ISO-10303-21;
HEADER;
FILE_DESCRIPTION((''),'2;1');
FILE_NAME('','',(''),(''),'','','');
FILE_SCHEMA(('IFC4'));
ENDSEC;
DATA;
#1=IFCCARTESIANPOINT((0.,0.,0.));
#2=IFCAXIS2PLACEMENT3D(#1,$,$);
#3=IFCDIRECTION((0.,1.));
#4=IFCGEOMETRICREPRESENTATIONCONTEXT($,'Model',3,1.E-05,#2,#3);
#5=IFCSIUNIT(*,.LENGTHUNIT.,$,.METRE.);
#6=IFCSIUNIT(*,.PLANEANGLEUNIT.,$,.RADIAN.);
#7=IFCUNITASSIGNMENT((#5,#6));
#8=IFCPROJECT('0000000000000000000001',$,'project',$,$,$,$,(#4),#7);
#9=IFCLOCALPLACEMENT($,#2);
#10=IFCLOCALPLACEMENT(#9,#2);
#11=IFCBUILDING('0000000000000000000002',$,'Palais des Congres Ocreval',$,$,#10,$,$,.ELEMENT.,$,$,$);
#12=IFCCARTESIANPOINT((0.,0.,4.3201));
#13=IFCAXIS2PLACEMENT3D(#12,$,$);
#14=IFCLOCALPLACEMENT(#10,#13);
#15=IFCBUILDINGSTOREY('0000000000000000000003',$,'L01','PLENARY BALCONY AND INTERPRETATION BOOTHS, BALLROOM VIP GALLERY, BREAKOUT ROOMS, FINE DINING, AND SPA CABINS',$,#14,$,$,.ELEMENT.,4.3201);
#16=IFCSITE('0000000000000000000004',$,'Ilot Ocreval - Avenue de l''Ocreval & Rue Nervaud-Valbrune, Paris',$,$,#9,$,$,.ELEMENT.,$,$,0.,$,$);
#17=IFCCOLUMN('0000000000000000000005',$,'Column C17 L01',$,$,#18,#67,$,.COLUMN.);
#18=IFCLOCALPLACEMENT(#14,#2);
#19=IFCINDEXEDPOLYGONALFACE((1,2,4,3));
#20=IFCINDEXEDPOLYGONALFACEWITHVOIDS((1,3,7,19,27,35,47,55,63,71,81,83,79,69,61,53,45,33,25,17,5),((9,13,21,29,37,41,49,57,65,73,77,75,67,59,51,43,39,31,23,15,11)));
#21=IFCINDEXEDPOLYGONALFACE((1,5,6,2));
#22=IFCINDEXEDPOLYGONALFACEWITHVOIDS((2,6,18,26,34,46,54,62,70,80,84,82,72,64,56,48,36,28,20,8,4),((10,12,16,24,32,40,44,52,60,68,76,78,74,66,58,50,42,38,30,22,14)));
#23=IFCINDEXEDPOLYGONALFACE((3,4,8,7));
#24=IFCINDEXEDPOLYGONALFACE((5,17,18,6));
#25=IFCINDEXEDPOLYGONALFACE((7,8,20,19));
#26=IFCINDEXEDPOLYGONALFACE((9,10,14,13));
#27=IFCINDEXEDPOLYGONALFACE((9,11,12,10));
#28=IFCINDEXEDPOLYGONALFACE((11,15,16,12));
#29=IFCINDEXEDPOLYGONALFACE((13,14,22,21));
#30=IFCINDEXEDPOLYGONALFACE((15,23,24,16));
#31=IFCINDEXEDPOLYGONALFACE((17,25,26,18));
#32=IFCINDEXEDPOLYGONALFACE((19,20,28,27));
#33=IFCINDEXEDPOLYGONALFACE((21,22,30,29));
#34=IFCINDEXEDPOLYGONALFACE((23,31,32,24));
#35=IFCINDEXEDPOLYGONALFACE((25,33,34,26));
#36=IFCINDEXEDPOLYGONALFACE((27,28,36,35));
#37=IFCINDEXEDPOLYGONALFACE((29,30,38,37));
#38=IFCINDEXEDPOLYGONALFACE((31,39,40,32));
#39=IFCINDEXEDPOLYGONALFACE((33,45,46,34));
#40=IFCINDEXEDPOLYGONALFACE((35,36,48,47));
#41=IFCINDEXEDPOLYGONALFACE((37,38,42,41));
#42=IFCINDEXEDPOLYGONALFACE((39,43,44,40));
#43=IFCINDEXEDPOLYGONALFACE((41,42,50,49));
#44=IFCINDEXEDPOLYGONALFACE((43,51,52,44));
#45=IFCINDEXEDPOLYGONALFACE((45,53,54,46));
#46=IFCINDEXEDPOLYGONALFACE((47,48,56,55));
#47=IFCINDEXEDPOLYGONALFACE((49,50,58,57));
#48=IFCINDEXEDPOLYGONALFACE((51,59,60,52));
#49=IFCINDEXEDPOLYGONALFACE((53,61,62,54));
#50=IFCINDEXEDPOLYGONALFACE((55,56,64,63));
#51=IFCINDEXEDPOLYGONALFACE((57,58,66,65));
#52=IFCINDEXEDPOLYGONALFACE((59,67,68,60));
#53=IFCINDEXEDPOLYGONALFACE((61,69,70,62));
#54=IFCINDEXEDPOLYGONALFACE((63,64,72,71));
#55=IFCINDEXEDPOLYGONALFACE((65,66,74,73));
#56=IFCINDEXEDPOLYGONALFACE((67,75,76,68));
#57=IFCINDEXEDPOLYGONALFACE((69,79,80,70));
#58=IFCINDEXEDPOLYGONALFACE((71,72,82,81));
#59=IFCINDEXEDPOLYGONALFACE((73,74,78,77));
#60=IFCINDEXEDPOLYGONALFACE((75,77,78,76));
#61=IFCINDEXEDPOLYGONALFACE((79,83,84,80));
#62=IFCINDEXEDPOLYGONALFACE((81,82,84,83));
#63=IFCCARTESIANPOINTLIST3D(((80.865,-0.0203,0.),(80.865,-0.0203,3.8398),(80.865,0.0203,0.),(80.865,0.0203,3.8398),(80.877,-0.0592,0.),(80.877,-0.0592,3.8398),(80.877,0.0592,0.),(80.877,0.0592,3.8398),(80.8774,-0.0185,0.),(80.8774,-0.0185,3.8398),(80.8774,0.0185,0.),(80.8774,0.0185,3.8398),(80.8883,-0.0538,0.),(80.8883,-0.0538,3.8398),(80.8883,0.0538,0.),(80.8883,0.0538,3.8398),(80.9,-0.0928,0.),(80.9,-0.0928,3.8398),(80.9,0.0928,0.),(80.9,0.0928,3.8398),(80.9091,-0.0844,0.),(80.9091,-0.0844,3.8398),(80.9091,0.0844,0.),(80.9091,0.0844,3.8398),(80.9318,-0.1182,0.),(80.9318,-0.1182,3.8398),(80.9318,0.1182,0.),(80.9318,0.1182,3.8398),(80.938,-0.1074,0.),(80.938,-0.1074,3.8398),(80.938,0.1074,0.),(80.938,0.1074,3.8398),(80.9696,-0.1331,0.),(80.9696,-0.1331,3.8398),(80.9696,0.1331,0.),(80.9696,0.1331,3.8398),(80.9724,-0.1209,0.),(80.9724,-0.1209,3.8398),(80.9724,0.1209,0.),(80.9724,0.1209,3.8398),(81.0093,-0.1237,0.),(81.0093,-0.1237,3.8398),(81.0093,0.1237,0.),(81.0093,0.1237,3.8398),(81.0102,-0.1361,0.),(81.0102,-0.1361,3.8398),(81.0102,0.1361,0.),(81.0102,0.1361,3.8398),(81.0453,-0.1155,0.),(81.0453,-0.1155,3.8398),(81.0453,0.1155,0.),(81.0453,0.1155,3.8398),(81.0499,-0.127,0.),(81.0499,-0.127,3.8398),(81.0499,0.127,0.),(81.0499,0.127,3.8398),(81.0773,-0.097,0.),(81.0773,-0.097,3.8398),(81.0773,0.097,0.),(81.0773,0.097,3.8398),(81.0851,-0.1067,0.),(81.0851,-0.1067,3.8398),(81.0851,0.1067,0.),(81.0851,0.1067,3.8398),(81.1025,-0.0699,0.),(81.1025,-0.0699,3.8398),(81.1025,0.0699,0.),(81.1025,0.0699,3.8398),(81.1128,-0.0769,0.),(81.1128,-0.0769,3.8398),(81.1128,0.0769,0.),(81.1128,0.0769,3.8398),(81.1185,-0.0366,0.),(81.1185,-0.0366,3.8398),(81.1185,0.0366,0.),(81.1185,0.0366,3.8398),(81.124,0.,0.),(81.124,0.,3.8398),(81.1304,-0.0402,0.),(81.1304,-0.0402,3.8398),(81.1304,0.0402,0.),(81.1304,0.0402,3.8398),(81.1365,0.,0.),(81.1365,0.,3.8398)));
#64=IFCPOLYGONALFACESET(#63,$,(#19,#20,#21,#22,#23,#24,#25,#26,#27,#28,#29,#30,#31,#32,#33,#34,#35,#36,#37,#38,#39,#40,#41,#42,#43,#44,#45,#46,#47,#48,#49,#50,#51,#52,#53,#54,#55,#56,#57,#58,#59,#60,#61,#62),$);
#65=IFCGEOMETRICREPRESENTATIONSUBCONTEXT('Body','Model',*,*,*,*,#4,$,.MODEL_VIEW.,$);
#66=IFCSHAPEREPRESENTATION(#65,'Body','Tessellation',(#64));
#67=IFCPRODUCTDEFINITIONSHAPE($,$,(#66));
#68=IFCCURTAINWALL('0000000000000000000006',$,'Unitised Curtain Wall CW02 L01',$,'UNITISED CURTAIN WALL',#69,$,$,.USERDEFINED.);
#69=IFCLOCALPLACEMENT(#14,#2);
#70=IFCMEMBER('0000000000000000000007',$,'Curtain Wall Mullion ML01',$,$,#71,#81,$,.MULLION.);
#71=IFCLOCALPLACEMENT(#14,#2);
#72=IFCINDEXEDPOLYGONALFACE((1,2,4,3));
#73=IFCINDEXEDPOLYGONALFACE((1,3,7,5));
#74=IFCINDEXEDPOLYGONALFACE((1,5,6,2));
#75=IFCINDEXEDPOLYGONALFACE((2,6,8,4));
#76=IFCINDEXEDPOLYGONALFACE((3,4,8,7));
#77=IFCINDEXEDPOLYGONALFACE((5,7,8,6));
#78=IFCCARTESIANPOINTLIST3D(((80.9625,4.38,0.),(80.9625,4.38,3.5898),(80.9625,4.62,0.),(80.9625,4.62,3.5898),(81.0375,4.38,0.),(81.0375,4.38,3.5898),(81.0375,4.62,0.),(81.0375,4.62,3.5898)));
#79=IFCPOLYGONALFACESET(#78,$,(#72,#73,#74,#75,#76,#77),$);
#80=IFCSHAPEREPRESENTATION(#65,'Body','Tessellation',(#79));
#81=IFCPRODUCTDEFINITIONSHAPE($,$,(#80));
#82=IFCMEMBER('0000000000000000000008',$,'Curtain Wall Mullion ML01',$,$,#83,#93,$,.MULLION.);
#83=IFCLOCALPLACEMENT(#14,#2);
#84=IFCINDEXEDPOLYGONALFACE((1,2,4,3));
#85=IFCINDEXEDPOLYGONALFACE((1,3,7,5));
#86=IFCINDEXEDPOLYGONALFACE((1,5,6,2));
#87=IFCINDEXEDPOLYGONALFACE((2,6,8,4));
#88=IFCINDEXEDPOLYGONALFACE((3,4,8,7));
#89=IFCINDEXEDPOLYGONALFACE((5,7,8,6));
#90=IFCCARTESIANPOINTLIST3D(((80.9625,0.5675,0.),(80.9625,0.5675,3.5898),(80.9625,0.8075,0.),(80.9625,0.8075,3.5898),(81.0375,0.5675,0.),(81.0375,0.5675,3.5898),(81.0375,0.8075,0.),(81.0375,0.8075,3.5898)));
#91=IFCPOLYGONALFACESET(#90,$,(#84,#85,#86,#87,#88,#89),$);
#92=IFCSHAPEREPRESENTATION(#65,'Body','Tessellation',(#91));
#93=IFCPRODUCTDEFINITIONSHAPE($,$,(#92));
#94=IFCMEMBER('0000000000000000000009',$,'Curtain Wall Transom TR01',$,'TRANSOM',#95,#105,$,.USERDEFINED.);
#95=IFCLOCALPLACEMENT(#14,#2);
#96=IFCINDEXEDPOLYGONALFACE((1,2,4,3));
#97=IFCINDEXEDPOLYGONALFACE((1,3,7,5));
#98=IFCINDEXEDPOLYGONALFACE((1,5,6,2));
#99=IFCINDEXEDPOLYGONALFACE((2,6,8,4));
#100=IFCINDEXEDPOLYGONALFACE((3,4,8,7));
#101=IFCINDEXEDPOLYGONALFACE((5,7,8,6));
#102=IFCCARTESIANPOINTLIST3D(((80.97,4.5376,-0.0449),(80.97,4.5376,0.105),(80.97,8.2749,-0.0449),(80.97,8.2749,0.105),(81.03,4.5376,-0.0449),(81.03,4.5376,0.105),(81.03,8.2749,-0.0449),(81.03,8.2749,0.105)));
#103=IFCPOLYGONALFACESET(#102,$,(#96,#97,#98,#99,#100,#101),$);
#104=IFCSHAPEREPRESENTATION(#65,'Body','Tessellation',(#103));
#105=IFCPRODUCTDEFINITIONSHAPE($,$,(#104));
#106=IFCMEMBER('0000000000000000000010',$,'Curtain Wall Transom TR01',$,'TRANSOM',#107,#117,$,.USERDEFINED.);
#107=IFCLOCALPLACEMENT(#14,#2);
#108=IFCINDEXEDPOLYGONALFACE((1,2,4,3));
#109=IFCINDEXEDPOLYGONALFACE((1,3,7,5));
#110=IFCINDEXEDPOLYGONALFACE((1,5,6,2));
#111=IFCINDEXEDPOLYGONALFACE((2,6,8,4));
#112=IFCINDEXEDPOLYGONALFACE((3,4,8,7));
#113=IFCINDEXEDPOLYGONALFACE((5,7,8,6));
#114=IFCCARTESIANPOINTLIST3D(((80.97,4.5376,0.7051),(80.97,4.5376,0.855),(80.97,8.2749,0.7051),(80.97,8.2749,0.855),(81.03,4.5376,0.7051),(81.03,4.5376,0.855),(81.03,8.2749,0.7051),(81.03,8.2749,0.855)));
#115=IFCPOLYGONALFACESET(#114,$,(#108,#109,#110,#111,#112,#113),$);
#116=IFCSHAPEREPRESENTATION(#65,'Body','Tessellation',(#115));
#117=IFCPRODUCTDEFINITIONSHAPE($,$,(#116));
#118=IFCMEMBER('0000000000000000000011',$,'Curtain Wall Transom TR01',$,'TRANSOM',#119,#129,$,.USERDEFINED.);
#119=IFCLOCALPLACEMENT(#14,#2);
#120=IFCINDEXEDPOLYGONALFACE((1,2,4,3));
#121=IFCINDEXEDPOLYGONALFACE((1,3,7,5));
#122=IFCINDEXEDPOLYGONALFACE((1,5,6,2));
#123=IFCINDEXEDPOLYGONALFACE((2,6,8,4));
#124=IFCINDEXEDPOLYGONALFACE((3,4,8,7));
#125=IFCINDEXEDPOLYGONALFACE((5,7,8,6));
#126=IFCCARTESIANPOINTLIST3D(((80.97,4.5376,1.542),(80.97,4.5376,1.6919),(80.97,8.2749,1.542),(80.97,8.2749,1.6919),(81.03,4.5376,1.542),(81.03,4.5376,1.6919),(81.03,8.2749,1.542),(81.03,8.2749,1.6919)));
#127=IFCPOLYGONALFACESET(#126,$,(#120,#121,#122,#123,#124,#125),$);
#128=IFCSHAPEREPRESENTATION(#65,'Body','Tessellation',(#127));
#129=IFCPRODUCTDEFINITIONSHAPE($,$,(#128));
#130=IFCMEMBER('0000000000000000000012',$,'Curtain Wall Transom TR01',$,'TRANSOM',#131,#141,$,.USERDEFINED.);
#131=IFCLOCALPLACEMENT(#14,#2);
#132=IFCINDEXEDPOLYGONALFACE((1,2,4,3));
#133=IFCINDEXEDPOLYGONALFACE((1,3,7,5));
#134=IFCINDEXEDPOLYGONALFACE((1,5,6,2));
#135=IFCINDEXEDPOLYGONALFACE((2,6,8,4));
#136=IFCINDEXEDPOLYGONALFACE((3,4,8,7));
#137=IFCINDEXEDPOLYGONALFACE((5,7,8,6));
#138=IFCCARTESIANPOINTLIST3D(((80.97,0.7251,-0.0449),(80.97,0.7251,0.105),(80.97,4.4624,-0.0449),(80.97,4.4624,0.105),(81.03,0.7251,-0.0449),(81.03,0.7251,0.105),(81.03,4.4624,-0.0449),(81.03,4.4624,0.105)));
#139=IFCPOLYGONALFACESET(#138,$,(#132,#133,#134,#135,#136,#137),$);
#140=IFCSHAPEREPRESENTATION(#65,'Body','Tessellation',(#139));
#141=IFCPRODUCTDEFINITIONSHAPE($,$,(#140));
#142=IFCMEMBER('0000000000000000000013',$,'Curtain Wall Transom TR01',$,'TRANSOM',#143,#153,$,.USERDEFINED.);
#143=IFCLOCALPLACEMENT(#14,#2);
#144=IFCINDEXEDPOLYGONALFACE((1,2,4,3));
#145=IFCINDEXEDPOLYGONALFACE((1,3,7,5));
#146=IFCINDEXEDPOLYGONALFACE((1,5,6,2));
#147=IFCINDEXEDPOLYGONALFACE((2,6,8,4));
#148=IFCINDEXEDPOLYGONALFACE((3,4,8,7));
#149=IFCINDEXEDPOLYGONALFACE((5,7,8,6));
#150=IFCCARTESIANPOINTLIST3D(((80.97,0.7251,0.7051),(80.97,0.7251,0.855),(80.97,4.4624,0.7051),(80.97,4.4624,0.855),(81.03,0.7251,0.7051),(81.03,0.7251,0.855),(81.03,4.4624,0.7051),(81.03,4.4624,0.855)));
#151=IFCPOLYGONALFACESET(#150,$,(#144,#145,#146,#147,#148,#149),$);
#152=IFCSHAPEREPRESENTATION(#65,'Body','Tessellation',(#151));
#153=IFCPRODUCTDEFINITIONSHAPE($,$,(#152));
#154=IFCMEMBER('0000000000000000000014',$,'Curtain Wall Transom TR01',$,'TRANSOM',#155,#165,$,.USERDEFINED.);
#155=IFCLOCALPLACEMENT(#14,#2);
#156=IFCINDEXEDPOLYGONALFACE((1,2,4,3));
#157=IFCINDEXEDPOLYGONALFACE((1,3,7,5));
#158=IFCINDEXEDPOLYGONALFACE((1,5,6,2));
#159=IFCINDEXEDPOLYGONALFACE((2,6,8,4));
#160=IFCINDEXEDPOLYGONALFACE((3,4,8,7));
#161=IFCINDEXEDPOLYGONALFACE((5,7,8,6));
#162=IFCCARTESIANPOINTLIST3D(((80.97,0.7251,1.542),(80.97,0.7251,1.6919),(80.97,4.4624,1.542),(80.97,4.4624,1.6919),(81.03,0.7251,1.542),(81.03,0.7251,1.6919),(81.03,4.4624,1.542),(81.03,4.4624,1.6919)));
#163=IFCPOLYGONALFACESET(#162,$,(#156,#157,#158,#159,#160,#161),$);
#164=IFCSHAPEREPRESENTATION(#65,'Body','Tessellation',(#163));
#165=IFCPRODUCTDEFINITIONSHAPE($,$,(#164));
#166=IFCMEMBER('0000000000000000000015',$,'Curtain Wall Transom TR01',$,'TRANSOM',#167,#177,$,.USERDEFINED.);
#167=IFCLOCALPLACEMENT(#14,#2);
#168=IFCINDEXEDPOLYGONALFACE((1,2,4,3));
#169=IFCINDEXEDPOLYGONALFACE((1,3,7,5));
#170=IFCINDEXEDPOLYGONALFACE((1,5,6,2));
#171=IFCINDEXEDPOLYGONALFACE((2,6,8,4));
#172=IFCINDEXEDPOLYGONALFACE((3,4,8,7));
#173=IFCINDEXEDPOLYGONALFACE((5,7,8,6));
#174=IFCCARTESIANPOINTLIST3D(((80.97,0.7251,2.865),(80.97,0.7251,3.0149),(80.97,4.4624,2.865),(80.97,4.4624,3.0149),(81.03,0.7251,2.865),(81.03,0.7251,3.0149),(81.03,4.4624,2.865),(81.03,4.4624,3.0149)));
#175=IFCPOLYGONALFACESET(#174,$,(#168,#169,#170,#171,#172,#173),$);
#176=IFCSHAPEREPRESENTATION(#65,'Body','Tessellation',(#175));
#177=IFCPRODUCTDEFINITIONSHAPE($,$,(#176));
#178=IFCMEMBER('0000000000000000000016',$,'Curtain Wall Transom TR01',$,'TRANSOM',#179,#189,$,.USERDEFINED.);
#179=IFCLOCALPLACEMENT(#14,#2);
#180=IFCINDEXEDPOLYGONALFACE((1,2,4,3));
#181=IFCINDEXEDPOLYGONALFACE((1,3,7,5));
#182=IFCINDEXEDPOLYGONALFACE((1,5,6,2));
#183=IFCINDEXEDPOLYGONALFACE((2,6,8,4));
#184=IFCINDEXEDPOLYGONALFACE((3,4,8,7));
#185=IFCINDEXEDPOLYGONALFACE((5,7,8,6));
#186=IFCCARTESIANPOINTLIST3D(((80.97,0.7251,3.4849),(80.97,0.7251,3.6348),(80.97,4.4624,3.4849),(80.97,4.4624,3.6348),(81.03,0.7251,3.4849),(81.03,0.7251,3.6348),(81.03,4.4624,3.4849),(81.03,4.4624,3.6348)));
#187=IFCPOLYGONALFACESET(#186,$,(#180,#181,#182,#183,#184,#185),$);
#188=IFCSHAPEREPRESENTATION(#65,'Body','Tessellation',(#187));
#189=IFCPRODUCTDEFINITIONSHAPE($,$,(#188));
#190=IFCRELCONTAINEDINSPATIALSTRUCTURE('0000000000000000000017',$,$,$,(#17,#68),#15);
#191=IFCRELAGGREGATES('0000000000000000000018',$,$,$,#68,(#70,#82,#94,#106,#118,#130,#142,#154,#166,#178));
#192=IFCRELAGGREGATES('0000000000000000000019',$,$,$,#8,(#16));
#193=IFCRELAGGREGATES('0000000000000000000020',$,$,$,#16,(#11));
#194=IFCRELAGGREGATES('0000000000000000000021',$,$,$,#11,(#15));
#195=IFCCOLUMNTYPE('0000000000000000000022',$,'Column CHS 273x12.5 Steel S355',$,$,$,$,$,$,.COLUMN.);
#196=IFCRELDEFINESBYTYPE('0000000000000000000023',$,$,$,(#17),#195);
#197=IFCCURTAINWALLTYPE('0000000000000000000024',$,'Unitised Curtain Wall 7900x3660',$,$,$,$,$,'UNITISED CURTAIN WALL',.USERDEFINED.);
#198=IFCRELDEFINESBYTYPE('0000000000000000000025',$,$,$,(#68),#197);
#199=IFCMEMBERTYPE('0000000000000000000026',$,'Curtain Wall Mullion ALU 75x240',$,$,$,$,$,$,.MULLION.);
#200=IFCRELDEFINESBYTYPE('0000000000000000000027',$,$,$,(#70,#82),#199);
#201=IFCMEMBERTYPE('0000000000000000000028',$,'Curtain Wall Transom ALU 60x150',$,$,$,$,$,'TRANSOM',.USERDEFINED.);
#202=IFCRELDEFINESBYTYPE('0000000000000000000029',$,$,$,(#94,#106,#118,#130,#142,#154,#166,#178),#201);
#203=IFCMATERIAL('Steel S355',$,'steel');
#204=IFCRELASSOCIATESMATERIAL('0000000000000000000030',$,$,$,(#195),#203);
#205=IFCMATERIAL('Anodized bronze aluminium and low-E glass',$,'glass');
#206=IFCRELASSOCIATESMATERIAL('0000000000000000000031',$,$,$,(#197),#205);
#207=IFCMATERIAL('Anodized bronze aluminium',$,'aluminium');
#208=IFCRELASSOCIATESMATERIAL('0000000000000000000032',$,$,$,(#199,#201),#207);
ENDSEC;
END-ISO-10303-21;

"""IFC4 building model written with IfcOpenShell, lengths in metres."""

from ifc_helpers import new_model, si_unit, direction, frame, origin, origin_2d, place, context, subcontext, project, spatial, rectangle, hollow_circle, extrude, material, material_profile, profile_set, type_object, element, aggregate, save


model = new_model("IFC4")

# Units and contexts
model_context = context("Model", 3, precision=1e-05, world=origin(), true_north=direction((0.0, 1.0)))
body_context = subcontext(model_context, "Body", "Model", "MODEL_VIEW")
ifc_project = project(units=[si_unit("LENGTHUNIT", "METRE"), si_unit("PLANEANGLEUNIT", "RADIAN")], contexts=[model_context])

# Site, building, storey
site_placement = place(None, origin())
site = spatial("IfcSite", under=ifc_project, at=site_placement, Name="Ilot Ocreval - Avenue de l'Ocreval & Rue Nervaud-Valbrune, Paris", CompositionType="ELEMENT", RefElevation=0.0)
building_placement = place(site_placement, origin())
building = spatial("IfcBuilding", under=site, at=building_placement, Name="Palais des Congres Ocreval", CompositionType="ELEMENT")
storey_placement = place(building_placement, frame((0.0, 0.0, 4.3201)))
storey = spatial("IfcBuildingStorey", under=building, at=storey_placement, Name="L01", Description="PLENARY BALCONY AND INTERPRETATION BOOTHS, BALLROOM VIP GALLERY, BREAKOUT ROOMS, FINE DINING, AND SPA CABINS", CompositionType="ELEMENT", Elevation=4.3201)

# Column
ifc_material_1 = material(Name="Steel S355", Category="steel")
ifc_material_profile_1 = material_profile(ifc_material_1, hollow_circle(Radius=0.1365, WallThickness=0.0125, at=origin_2d()), Name="CHS 273x12.5")
ifc_profile_set_1 = profile_set([ifc_material_profile_1], Name="Steel S355")
column_type = type_object("IfcColumnType", Name="Column CHS 273x12.5 Steel S355", PredefinedType="COLUMN", material=ifc_profile_set_1)
column_placement = place(storey_placement, frame((81.0, 0.0, 0.0), z_axis=(0.0, 0.0, 1.0), x_axis=(1.0, 0.0, 0.0)))
element("IfcColumn", 1, at=column_placement, inside=storey, type_object=column_type, Name="Column C17 L01", PredefinedType="COLUMN", context=body_context, shape_type="SweptSolid", body=[
    extrude(hollow_circle(Radius=0.1365, WallThickness=0.0125, at=origin_2d()), origin(), (0.0, 0.0, 1.0), 3.8398),
])

# Curtain wall, members
ifc_material_2 = material(Name="Anodized bronze aluminium and low-E glass", Category="glass")
curtain_wall_type = type_object("IfcCurtainWallType", Name="Unitised Curtain Wall 7900x3660", ElementType="UNITISED CURTAIN WALL", PredefinedType="USERDEFINED", material=ifc_material_2)
curtain_wall_placement = place(storey_placement, origin())
curtain_wall = element("IfcCurtainWall", 2, at=curtain_wall_placement, inside=storey, type_object=curtain_wall_type, Name="Unitised Curtain Wall CW02 L01", ObjectType="UNITISED CURTAIN WALL", PredefinedType="USERDEFINED")
ifc_material_3 = material(Name="Anodized bronze aluminium", Category="aluminium")
ifc_material_profile_2 = material_profile(ifc_material_3, rectangle(XDim=0.075, YDim=0.24, at=origin_2d()), Name="ALU 75x240")
ifc_profile_set_2 = profile_set([ifc_material_profile_2], Name="Anodized bronze aluminium")
member_type_1 = type_object("IfcMemberType", Name="Curtain Wall Mullion ALU 75x240", PredefinedType="MULLION", material=ifc_profile_set_2)
member_1_placement = place(storey_placement, frame((81.0, 4.5, 0.0), z_axis=(0.0, 0.0, 1.0), x_axis=(1.0, 0.0, 0.0)))
member_1 = element("IfcMember", 3, at=member_1_placement, type_object=member_type_1, Name="Curtain Wall Mullion ML01", PredefinedType="MULLION", context=body_context, shape_type="SweptSolid", body=[
    extrude(rectangle(XDim=0.075, YDim=0.24, at=origin_2d()), origin(), (0.0, 0.0, 1.0), 3.5898),
])
member_2_placement = place(storey_placement, frame((81.0, 0.6875, 0.0), z_axis=(0.0, 0.0, 1.0), x_axis=(1.0, 0.0, 0.0)))
member_2 = element("IfcMember", 4, at=member_2_placement, type_object=member_type_1, Name="Curtain Wall Mullion ML01", PredefinedType="MULLION", context=body_context, shape_type="SweptSolid", body=[
    extrude(rectangle(XDim=0.075, YDim=0.24, at=origin_2d()), origin(), (0.0, 0.0, 1.0), 3.5898),
])
ifc_material_profile_3 = material_profile(ifc_material_3, rectangle(XDim=0.0601, YDim=0.1499, at=origin_2d()), Name="ALU 60x150")
ifc_profile_set_3 = profile_set([ifc_material_profile_3], Name="Anodized bronze aluminium")
member_type_2 = type_object("IfcMemberType", Name="Curtain Wall Transom ALU 60x150", ElementType="TRANSOM", PredefinedType="USERDEFINED", material=ifc_profile_set_3)
member_3_placement = place(storey_placement, frame((81.0, 8.2749, 0.03), z_axis=(0.0, -1.0, 0.0), x_axis=(1.0, 0.0, 0.0)))
member_3 = element("IfcMember", 5, at=member_3_placement, type_object=member_type_2, Name="Curtain Wall Transom TR01", ObjectType="TRANSOM", PredefinedType="USERDEFINED", context=body_context, shape_type="SweptSolid", body=[
    extrude(rectangle(XDim=0.0601, YDim=0.1499, at=origin_2d()), origin(), (0.0, 0.0, 1.0), 3.7373),
])
member_4_placement = place(storey_placement, frame((81.0, 8.2749, 0.78), z_axis=(0.0, -1.0, 0.0), x_axis=(1.0, 0.0, 0.0)))
member_4 = element("IfcMember", 6, at=member_4_placement, type_object=member_type_2, Name="Curtain Wall Transom TR01", ObjectType="TRANSOM", PredefinedType="USERDEFINED", context=body_context, shape_type="SweptSolid", body=[
    extrude(rectangle(XDim=0.0601, YDim=0.1499, at=origin_2d()), origin(), (0.0, 0.0, 1.0), 3.7373),
])
member_5_placement = place(storey_placement, frame((81.0, 8.2749, 1.6169), z_axis=(0.0, -1.0, 0.0), x_axis=(1.0, 0.0, 0.0)))
member_5 = element("IfcMember", 7, at=member_5_placement, type_object=member_type_2, Name="Curtain Wall Transom TR01", ObjectType="TRANSOM", PredefinedType="USERDEFINED", context=body_context, shape_type="SweptSolid", body=[
    extrude(rectangle(XDim=0.0601, YDim=0.1499, at=origin_2d()), origin(), (0.0, 0.0, 1.0), 3.7373),
])
member_6_placement = place(storey_placement, frame((81.0, 4.4624, 0.03), z_axis=(0.0, -1.0, 0.0), x_axis=(1.0, 0.0, 0.0)))
member_6 = element("IfcMember", 8, at=member_6_placement, type_object=member_type_2, Name="Curtain Wall Transom TR01", ObjectType="TRANSOM", PredefinedType="USERDEFINED", context=body_context, shape_type="SweptSolid", body=[
    extrude(rectangle(XDim=0.0601, YDim=0.1499, at=origin_2d()), origin(), (0.0, 0.0, 1.0), 3.7373),
])
member_7_placement = place(storey_placement, frame((81.0, 4.4624, 0.78), z_axis=(0.0, -1.0, 0.0), x_axis=(1.0, 0.0, 0.0)))
member_7 = element("IfcMember", 9, at=member_7_placement, type_object=member_type_2, Name="Curtain Wall Transom TR01", ObjectType="TRANSOM", PredefinedType="USERDEFINED", context=body_context, shape_type="SweptSolid", body=[
    extrude(rectangle(XDim=0.0601, YDim=0.1499, at=origin_2d()), origin(), (0.0, 0.0, 1.0), 3.7373),
])
member_8_placement = place(storey_placement, frame((81.0, 4.4624, 1.6169), z_axis=(0.0, -1.0, 0.0), x_axis=(1.0, 0.0, 0.0)))
member_8 = element("IfcMember", 10, at=member_8_placement, type_object=member_type_2, Name="Curtain Wall Transom TR01", ObjectType="TRANSOM", PredefinedType="USERDEFINED", context=body_context, shape_type="SweptSolid", body=[
    extrude(rectangle(XDim=0.0601, YDim=0.1499, at=origin_2d()), origin(), (0.0, 0.0, 1.0), 3.7373),
])
member_9_placement = place(storey_placement, frame((81.0, 4.4624, 2.9399), z_axis=(0.0, -1.0, 0.0), x_axis=(1.0, 0.0, 0.0)))
member_9 = element("IfcMember", 11, at=member_9_placement, type_object=member_type_2, Name="Curtain Wall Transom TR01", ObjectType="TRANSOM", PredefinedType="USERDEFINED", context=body_context, shape_type="SweptSolid", body=[
    extrude(rectangle(XDim=0.0601, YDim=0.1499, at=origin_2d()), origin(), (0.0, 0.0, 1.0), 3.7373),
])
member_10_placement = place(storey_placement, frame((81.0, 4.4624, 3.5598), z_axis=(0.0, -1.0, 0.0), x_axis=(1.0, 0.0, 0.0)))
member_10 = element("IfcMember", 12, at=member_10_placement, type_object=member_type_2, Name="Curtain Wall Transom TR01", ObjectType="TRANSOM", PredefinedType="USERDEFINED", context=body_context, shape_type="SweptSolid", body=[
    extrude(rectangle(XDim=0.0601, YDim=0.1499, at=origin_2d()), origin(), (0.0, 0.0, 1.0), 3.7373),
])

aggregate(curtain_wall, [member_1, member_2, member_3, member_4, member_5, member_6, member_7, member_8, member_9, member_10])

save(model, "model.ifc")
